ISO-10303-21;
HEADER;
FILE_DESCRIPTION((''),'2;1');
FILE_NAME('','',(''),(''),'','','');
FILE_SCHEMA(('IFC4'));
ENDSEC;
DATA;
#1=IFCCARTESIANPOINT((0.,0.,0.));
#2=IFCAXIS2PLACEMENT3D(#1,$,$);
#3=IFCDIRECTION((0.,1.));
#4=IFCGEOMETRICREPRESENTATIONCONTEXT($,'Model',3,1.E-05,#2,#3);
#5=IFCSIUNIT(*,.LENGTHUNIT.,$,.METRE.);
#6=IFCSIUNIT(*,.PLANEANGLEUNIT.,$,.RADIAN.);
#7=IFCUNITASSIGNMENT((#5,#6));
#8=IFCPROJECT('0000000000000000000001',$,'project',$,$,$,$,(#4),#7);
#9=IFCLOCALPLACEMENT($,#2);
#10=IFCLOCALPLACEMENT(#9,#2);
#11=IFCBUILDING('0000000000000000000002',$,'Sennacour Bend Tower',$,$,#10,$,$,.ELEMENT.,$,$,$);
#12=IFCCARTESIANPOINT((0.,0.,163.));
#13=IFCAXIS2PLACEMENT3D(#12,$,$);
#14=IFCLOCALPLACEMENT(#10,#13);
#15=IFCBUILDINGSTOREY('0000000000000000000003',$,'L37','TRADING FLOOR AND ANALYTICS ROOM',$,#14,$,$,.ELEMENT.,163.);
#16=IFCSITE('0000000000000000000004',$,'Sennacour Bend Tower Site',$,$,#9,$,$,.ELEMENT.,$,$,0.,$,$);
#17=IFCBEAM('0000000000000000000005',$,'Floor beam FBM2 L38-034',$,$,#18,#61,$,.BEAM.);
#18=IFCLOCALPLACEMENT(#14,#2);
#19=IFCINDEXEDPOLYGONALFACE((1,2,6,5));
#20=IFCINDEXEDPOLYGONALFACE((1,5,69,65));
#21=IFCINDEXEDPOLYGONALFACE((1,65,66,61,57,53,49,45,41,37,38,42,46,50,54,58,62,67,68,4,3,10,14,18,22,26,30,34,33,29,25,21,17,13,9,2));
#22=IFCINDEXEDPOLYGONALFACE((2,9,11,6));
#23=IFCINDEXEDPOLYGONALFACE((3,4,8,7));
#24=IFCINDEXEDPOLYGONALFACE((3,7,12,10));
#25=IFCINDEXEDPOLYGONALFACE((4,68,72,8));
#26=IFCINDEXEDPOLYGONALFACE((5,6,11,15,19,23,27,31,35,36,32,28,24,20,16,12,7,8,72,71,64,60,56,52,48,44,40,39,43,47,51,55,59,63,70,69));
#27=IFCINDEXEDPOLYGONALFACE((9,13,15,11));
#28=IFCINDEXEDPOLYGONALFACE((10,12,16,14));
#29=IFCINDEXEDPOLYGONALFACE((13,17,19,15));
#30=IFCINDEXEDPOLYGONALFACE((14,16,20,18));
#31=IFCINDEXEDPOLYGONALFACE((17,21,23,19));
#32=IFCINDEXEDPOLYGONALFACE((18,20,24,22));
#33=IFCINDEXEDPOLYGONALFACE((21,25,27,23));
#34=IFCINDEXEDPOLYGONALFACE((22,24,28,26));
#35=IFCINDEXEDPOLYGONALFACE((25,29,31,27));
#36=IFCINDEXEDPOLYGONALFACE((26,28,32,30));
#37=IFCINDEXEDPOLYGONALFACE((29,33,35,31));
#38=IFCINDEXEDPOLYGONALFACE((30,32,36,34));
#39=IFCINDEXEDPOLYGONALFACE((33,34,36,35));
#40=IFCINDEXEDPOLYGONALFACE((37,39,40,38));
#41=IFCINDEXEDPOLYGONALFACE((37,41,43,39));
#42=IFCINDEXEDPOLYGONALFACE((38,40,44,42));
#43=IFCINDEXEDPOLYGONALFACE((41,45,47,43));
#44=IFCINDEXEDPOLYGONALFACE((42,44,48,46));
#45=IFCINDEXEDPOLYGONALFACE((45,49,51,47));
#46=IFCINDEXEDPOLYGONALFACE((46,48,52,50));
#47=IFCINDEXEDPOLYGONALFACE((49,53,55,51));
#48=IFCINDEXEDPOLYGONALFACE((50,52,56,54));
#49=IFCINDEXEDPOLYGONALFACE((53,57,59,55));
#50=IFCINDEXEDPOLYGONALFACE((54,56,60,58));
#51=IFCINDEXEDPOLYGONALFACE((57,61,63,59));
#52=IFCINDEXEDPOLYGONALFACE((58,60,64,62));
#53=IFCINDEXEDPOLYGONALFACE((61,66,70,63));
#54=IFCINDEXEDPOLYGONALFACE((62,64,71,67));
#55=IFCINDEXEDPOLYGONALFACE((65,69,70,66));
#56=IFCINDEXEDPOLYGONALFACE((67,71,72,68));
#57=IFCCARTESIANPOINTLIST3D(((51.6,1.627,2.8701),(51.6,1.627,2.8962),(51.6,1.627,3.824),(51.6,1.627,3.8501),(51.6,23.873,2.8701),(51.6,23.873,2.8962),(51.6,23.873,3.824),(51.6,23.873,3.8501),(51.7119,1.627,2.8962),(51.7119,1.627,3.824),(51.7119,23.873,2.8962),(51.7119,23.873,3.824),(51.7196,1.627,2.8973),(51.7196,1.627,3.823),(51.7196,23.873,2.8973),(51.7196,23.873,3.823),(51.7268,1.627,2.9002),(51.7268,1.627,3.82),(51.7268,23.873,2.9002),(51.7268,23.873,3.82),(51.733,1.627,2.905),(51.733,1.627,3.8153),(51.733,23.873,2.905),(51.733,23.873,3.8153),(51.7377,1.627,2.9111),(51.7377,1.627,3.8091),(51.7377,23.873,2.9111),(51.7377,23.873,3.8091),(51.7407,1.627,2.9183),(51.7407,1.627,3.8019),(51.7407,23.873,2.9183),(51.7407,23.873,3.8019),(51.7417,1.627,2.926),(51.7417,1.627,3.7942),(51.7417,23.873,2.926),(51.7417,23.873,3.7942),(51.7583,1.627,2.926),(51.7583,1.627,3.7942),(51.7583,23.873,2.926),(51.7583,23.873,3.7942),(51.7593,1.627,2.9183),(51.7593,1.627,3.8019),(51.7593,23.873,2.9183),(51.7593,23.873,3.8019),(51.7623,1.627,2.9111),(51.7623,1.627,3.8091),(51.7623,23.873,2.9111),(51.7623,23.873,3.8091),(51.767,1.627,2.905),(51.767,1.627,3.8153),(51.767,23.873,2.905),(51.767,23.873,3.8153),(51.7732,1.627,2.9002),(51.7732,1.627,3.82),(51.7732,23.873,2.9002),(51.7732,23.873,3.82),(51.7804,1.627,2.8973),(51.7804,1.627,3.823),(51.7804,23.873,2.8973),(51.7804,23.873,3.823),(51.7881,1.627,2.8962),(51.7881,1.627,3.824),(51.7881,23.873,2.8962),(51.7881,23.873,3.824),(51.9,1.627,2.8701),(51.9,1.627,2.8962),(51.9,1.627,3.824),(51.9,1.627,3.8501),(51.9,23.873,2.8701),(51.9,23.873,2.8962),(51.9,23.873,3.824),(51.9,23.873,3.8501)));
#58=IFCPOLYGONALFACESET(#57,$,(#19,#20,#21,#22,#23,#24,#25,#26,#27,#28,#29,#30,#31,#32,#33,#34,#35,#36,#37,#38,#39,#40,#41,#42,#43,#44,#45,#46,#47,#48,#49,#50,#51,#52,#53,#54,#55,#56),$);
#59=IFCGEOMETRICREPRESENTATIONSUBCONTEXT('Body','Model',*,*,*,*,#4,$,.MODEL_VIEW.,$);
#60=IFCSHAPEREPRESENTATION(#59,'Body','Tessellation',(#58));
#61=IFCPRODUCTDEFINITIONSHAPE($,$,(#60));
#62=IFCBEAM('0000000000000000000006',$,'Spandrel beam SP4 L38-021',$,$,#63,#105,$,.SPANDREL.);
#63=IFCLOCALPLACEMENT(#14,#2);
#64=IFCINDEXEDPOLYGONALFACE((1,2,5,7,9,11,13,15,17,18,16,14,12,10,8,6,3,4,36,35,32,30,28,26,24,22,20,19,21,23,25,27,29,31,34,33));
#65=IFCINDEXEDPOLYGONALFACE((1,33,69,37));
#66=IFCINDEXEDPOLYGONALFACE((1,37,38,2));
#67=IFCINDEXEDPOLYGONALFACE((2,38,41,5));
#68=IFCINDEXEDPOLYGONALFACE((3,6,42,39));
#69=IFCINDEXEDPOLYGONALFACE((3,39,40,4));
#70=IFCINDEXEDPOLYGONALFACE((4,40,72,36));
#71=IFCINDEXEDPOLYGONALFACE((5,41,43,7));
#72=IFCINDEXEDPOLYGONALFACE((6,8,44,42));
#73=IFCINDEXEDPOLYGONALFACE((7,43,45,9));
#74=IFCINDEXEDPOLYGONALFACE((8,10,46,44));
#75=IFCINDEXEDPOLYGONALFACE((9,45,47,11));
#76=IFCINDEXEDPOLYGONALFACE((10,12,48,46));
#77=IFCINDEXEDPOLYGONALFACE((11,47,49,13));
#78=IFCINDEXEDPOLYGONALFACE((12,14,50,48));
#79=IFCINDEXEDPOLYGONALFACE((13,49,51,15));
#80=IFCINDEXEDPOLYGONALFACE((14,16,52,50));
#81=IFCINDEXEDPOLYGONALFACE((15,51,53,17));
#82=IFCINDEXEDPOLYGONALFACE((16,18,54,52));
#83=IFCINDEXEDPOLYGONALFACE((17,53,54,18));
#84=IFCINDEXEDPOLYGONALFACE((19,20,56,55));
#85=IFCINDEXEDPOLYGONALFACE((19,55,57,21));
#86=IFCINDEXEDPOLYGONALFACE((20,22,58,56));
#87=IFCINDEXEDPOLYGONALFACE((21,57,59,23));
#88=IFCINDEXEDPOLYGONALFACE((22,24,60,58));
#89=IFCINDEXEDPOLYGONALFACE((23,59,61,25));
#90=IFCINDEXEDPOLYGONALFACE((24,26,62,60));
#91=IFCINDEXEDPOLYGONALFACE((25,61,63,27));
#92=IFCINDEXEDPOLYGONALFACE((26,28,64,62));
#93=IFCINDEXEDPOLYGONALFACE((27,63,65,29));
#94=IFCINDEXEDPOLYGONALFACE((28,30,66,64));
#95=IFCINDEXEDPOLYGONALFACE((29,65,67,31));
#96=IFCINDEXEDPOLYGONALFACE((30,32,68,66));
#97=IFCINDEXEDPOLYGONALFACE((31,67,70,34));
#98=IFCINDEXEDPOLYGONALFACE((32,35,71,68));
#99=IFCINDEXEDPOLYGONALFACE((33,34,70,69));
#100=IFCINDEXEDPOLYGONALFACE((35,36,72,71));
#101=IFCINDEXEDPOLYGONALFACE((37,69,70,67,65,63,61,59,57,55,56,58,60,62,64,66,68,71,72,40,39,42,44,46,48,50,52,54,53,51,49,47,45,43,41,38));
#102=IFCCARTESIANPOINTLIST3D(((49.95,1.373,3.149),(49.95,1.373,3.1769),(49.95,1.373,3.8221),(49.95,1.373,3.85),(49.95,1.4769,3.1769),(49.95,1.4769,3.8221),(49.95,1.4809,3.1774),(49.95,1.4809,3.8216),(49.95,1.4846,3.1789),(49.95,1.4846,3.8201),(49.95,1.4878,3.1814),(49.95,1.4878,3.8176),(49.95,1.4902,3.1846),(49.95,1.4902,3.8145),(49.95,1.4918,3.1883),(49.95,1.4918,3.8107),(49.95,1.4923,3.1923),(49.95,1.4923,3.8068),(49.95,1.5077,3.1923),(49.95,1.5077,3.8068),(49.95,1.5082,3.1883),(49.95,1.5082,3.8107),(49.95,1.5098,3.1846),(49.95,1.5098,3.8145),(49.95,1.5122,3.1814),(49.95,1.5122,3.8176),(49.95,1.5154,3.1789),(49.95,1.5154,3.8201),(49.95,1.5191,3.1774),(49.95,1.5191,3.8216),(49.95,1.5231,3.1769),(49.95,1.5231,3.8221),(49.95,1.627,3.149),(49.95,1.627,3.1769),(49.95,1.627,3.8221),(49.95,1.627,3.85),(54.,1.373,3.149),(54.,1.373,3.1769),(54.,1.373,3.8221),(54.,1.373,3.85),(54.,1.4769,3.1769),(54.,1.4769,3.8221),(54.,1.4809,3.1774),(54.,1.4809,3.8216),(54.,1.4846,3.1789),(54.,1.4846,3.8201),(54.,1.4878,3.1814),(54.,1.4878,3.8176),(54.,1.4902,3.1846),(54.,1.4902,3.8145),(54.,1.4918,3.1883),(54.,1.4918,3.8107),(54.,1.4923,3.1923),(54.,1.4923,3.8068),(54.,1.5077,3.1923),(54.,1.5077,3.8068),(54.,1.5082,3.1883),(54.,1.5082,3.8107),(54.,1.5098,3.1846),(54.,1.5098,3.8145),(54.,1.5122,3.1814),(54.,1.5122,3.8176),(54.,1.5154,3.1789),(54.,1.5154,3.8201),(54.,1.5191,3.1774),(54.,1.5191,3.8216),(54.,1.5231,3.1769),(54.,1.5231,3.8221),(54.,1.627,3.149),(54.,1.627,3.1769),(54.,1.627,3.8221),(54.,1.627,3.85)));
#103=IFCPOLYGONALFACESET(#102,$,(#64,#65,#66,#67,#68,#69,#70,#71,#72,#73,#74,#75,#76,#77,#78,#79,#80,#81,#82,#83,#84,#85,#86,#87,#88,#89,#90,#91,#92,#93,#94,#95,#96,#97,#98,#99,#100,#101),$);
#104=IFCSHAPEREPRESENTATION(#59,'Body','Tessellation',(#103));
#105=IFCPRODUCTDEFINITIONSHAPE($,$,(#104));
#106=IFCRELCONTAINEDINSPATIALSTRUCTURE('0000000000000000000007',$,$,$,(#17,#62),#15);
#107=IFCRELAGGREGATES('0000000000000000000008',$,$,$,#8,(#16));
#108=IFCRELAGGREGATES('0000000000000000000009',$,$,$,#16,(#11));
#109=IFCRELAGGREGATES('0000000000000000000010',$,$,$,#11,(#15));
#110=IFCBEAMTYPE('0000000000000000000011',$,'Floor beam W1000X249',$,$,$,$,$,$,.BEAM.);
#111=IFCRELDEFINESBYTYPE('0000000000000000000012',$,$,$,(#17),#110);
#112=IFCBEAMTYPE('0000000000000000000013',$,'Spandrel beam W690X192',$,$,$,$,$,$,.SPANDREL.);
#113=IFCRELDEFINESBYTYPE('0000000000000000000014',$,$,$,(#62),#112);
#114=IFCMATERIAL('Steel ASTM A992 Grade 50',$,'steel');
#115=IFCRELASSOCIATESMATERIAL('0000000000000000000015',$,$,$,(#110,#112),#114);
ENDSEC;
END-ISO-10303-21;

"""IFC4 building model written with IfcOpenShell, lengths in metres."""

from ifc_helpers import new_model, si_unit, direction, frame, origin, origin_2d, place, context, subcontext, project, spatial, i_section, extrude, material, material_profile, profile_set, type_object, element, save


model = new_model("IFC4")

# Units and contexts
model_context = context("Model", 3, precision=1e-05, world=origin(), true_north=direction((0.0, 1.0)))
body_context = subcontext(model_context, "Body", "Model", "MODEL_VIEW")
ifc_project = project(units=[si_unit("LENGTHUNIT", "METRE"), si_unit("PLANEANGLEUNIT", "RADIAN")], contexts=[model_context])

# Site, building, storey
site_placement = place(None, origin())
site = spatial("IfcSite", under=ifc_project, at=site_placement, Name="Sennacour Bend Tower Site", CompositionType="ELEMENT", RefElevation=0.0)
building_placement = place(site_placement, origin())
building = spatial("IfcBuilding", under=site, at=building_placement, Name="Sennacour Bend Tower", CompositionType="ELEMENT")
storey_placement = place(building_placement, frame((0.0, 0.0, 163.0)))
storey = spatial("IfcBuildingStorey", under=building, at=storey_placement, Name="L37", Description="TRADING FLOOR AND ANALYTICS ROOM", CompositionType="ELEMENT", Elevation=163.0)

# Beams
ifc_material_1 = material(Name="Steel ASTM A992 Grade 50", Category="steel")
ifc_material_profile_1 = material_profile(ifc_material_1, i_section(OverallWidth=0.3, OverallDepth=0.98, WebThickness=0.0166, FlangeThickness=0.0261, FilletRadius=0.0298, at=origin_2d()), Name="Steel ASTM A992 Grade 50", Category="steel")
ifc_profile_set_1 = profile_set([ifc_material_profile_1], Name="Steel ASTM A992 Grade 50")
beam_type_1 = type_object("IfcBeamType", Name="Floor beam W1000X249", PredefinedType="BEAM", material=ifc_profile_set_1)
beam_1_placement = place(storey_placement, frame((51.75, 1.627, 3.3601), z_axis=(0.0, 1.0, 0.0), x_axis=(-1.0, 0.0, 0.0)))
element("IfcBeam", 1, at=beam_1_placement, inside=storey, type_object=beam_type_1, Name="Floor beam FBM2 L38-034", PredefinedType="BEAM", context=body_context, shape_type="SweptSolid", body=[
    extrude(i_section(OverallWidth=0.3, OverallDepth=0.98, WebThickness=0.0166, FlangeThickness=0.0261, FilletRadius=0.0298, at=origin_2d()), origin(), (0.0, 0.0, 1.0), 22.2461),
])
ifc_material_profile_2 = material_profile(ifc_material_1, i_section(OverallWidth=0.2539, OverallDepth=0.7009, WebThickness=0.0154, FlangeThickness=0.0278, FilletRadius=0.0154, at=origin_2d()), Name="Steel ASTM A992 Grade 50", Category="steel")
ifc_profile_set_2 = profile_set([ifc_material_profile_2], Name="Steel ASTM A992 Grade 50")
beam_type_2 = type_object("IfcBeamType", Name="Spandrel beam W690X192", PredefinedType="SPANDREL", material=ifc_profile_set_2)
beam_2_placement = place(storey_placement, frame((54.0, 1.5, 3.4995), z_axis=(-1.0, 0.0, 0.0), x_axis=(0.0, -1.0, 0.0)))
element("IfcBeam", 2, at=beam_2_placement, inside=storey, type_object=beam_type_2, Name="Spandrel beam SP4 L38-021", PredefinedType="SPANDREL", context=body_context, shape_type="SweptSolid", body=[
    extrude(i_section(OverallWidth=0.2539, OverallDepth=0.7009, WebThickness=0.0154, FlangeThickness=0.0278, FilletRadius=0.0154, at=origin_2d()), origin(), (0.0, 0.0, 1.0), 4.05),
])

save(model, "model.ifc")
